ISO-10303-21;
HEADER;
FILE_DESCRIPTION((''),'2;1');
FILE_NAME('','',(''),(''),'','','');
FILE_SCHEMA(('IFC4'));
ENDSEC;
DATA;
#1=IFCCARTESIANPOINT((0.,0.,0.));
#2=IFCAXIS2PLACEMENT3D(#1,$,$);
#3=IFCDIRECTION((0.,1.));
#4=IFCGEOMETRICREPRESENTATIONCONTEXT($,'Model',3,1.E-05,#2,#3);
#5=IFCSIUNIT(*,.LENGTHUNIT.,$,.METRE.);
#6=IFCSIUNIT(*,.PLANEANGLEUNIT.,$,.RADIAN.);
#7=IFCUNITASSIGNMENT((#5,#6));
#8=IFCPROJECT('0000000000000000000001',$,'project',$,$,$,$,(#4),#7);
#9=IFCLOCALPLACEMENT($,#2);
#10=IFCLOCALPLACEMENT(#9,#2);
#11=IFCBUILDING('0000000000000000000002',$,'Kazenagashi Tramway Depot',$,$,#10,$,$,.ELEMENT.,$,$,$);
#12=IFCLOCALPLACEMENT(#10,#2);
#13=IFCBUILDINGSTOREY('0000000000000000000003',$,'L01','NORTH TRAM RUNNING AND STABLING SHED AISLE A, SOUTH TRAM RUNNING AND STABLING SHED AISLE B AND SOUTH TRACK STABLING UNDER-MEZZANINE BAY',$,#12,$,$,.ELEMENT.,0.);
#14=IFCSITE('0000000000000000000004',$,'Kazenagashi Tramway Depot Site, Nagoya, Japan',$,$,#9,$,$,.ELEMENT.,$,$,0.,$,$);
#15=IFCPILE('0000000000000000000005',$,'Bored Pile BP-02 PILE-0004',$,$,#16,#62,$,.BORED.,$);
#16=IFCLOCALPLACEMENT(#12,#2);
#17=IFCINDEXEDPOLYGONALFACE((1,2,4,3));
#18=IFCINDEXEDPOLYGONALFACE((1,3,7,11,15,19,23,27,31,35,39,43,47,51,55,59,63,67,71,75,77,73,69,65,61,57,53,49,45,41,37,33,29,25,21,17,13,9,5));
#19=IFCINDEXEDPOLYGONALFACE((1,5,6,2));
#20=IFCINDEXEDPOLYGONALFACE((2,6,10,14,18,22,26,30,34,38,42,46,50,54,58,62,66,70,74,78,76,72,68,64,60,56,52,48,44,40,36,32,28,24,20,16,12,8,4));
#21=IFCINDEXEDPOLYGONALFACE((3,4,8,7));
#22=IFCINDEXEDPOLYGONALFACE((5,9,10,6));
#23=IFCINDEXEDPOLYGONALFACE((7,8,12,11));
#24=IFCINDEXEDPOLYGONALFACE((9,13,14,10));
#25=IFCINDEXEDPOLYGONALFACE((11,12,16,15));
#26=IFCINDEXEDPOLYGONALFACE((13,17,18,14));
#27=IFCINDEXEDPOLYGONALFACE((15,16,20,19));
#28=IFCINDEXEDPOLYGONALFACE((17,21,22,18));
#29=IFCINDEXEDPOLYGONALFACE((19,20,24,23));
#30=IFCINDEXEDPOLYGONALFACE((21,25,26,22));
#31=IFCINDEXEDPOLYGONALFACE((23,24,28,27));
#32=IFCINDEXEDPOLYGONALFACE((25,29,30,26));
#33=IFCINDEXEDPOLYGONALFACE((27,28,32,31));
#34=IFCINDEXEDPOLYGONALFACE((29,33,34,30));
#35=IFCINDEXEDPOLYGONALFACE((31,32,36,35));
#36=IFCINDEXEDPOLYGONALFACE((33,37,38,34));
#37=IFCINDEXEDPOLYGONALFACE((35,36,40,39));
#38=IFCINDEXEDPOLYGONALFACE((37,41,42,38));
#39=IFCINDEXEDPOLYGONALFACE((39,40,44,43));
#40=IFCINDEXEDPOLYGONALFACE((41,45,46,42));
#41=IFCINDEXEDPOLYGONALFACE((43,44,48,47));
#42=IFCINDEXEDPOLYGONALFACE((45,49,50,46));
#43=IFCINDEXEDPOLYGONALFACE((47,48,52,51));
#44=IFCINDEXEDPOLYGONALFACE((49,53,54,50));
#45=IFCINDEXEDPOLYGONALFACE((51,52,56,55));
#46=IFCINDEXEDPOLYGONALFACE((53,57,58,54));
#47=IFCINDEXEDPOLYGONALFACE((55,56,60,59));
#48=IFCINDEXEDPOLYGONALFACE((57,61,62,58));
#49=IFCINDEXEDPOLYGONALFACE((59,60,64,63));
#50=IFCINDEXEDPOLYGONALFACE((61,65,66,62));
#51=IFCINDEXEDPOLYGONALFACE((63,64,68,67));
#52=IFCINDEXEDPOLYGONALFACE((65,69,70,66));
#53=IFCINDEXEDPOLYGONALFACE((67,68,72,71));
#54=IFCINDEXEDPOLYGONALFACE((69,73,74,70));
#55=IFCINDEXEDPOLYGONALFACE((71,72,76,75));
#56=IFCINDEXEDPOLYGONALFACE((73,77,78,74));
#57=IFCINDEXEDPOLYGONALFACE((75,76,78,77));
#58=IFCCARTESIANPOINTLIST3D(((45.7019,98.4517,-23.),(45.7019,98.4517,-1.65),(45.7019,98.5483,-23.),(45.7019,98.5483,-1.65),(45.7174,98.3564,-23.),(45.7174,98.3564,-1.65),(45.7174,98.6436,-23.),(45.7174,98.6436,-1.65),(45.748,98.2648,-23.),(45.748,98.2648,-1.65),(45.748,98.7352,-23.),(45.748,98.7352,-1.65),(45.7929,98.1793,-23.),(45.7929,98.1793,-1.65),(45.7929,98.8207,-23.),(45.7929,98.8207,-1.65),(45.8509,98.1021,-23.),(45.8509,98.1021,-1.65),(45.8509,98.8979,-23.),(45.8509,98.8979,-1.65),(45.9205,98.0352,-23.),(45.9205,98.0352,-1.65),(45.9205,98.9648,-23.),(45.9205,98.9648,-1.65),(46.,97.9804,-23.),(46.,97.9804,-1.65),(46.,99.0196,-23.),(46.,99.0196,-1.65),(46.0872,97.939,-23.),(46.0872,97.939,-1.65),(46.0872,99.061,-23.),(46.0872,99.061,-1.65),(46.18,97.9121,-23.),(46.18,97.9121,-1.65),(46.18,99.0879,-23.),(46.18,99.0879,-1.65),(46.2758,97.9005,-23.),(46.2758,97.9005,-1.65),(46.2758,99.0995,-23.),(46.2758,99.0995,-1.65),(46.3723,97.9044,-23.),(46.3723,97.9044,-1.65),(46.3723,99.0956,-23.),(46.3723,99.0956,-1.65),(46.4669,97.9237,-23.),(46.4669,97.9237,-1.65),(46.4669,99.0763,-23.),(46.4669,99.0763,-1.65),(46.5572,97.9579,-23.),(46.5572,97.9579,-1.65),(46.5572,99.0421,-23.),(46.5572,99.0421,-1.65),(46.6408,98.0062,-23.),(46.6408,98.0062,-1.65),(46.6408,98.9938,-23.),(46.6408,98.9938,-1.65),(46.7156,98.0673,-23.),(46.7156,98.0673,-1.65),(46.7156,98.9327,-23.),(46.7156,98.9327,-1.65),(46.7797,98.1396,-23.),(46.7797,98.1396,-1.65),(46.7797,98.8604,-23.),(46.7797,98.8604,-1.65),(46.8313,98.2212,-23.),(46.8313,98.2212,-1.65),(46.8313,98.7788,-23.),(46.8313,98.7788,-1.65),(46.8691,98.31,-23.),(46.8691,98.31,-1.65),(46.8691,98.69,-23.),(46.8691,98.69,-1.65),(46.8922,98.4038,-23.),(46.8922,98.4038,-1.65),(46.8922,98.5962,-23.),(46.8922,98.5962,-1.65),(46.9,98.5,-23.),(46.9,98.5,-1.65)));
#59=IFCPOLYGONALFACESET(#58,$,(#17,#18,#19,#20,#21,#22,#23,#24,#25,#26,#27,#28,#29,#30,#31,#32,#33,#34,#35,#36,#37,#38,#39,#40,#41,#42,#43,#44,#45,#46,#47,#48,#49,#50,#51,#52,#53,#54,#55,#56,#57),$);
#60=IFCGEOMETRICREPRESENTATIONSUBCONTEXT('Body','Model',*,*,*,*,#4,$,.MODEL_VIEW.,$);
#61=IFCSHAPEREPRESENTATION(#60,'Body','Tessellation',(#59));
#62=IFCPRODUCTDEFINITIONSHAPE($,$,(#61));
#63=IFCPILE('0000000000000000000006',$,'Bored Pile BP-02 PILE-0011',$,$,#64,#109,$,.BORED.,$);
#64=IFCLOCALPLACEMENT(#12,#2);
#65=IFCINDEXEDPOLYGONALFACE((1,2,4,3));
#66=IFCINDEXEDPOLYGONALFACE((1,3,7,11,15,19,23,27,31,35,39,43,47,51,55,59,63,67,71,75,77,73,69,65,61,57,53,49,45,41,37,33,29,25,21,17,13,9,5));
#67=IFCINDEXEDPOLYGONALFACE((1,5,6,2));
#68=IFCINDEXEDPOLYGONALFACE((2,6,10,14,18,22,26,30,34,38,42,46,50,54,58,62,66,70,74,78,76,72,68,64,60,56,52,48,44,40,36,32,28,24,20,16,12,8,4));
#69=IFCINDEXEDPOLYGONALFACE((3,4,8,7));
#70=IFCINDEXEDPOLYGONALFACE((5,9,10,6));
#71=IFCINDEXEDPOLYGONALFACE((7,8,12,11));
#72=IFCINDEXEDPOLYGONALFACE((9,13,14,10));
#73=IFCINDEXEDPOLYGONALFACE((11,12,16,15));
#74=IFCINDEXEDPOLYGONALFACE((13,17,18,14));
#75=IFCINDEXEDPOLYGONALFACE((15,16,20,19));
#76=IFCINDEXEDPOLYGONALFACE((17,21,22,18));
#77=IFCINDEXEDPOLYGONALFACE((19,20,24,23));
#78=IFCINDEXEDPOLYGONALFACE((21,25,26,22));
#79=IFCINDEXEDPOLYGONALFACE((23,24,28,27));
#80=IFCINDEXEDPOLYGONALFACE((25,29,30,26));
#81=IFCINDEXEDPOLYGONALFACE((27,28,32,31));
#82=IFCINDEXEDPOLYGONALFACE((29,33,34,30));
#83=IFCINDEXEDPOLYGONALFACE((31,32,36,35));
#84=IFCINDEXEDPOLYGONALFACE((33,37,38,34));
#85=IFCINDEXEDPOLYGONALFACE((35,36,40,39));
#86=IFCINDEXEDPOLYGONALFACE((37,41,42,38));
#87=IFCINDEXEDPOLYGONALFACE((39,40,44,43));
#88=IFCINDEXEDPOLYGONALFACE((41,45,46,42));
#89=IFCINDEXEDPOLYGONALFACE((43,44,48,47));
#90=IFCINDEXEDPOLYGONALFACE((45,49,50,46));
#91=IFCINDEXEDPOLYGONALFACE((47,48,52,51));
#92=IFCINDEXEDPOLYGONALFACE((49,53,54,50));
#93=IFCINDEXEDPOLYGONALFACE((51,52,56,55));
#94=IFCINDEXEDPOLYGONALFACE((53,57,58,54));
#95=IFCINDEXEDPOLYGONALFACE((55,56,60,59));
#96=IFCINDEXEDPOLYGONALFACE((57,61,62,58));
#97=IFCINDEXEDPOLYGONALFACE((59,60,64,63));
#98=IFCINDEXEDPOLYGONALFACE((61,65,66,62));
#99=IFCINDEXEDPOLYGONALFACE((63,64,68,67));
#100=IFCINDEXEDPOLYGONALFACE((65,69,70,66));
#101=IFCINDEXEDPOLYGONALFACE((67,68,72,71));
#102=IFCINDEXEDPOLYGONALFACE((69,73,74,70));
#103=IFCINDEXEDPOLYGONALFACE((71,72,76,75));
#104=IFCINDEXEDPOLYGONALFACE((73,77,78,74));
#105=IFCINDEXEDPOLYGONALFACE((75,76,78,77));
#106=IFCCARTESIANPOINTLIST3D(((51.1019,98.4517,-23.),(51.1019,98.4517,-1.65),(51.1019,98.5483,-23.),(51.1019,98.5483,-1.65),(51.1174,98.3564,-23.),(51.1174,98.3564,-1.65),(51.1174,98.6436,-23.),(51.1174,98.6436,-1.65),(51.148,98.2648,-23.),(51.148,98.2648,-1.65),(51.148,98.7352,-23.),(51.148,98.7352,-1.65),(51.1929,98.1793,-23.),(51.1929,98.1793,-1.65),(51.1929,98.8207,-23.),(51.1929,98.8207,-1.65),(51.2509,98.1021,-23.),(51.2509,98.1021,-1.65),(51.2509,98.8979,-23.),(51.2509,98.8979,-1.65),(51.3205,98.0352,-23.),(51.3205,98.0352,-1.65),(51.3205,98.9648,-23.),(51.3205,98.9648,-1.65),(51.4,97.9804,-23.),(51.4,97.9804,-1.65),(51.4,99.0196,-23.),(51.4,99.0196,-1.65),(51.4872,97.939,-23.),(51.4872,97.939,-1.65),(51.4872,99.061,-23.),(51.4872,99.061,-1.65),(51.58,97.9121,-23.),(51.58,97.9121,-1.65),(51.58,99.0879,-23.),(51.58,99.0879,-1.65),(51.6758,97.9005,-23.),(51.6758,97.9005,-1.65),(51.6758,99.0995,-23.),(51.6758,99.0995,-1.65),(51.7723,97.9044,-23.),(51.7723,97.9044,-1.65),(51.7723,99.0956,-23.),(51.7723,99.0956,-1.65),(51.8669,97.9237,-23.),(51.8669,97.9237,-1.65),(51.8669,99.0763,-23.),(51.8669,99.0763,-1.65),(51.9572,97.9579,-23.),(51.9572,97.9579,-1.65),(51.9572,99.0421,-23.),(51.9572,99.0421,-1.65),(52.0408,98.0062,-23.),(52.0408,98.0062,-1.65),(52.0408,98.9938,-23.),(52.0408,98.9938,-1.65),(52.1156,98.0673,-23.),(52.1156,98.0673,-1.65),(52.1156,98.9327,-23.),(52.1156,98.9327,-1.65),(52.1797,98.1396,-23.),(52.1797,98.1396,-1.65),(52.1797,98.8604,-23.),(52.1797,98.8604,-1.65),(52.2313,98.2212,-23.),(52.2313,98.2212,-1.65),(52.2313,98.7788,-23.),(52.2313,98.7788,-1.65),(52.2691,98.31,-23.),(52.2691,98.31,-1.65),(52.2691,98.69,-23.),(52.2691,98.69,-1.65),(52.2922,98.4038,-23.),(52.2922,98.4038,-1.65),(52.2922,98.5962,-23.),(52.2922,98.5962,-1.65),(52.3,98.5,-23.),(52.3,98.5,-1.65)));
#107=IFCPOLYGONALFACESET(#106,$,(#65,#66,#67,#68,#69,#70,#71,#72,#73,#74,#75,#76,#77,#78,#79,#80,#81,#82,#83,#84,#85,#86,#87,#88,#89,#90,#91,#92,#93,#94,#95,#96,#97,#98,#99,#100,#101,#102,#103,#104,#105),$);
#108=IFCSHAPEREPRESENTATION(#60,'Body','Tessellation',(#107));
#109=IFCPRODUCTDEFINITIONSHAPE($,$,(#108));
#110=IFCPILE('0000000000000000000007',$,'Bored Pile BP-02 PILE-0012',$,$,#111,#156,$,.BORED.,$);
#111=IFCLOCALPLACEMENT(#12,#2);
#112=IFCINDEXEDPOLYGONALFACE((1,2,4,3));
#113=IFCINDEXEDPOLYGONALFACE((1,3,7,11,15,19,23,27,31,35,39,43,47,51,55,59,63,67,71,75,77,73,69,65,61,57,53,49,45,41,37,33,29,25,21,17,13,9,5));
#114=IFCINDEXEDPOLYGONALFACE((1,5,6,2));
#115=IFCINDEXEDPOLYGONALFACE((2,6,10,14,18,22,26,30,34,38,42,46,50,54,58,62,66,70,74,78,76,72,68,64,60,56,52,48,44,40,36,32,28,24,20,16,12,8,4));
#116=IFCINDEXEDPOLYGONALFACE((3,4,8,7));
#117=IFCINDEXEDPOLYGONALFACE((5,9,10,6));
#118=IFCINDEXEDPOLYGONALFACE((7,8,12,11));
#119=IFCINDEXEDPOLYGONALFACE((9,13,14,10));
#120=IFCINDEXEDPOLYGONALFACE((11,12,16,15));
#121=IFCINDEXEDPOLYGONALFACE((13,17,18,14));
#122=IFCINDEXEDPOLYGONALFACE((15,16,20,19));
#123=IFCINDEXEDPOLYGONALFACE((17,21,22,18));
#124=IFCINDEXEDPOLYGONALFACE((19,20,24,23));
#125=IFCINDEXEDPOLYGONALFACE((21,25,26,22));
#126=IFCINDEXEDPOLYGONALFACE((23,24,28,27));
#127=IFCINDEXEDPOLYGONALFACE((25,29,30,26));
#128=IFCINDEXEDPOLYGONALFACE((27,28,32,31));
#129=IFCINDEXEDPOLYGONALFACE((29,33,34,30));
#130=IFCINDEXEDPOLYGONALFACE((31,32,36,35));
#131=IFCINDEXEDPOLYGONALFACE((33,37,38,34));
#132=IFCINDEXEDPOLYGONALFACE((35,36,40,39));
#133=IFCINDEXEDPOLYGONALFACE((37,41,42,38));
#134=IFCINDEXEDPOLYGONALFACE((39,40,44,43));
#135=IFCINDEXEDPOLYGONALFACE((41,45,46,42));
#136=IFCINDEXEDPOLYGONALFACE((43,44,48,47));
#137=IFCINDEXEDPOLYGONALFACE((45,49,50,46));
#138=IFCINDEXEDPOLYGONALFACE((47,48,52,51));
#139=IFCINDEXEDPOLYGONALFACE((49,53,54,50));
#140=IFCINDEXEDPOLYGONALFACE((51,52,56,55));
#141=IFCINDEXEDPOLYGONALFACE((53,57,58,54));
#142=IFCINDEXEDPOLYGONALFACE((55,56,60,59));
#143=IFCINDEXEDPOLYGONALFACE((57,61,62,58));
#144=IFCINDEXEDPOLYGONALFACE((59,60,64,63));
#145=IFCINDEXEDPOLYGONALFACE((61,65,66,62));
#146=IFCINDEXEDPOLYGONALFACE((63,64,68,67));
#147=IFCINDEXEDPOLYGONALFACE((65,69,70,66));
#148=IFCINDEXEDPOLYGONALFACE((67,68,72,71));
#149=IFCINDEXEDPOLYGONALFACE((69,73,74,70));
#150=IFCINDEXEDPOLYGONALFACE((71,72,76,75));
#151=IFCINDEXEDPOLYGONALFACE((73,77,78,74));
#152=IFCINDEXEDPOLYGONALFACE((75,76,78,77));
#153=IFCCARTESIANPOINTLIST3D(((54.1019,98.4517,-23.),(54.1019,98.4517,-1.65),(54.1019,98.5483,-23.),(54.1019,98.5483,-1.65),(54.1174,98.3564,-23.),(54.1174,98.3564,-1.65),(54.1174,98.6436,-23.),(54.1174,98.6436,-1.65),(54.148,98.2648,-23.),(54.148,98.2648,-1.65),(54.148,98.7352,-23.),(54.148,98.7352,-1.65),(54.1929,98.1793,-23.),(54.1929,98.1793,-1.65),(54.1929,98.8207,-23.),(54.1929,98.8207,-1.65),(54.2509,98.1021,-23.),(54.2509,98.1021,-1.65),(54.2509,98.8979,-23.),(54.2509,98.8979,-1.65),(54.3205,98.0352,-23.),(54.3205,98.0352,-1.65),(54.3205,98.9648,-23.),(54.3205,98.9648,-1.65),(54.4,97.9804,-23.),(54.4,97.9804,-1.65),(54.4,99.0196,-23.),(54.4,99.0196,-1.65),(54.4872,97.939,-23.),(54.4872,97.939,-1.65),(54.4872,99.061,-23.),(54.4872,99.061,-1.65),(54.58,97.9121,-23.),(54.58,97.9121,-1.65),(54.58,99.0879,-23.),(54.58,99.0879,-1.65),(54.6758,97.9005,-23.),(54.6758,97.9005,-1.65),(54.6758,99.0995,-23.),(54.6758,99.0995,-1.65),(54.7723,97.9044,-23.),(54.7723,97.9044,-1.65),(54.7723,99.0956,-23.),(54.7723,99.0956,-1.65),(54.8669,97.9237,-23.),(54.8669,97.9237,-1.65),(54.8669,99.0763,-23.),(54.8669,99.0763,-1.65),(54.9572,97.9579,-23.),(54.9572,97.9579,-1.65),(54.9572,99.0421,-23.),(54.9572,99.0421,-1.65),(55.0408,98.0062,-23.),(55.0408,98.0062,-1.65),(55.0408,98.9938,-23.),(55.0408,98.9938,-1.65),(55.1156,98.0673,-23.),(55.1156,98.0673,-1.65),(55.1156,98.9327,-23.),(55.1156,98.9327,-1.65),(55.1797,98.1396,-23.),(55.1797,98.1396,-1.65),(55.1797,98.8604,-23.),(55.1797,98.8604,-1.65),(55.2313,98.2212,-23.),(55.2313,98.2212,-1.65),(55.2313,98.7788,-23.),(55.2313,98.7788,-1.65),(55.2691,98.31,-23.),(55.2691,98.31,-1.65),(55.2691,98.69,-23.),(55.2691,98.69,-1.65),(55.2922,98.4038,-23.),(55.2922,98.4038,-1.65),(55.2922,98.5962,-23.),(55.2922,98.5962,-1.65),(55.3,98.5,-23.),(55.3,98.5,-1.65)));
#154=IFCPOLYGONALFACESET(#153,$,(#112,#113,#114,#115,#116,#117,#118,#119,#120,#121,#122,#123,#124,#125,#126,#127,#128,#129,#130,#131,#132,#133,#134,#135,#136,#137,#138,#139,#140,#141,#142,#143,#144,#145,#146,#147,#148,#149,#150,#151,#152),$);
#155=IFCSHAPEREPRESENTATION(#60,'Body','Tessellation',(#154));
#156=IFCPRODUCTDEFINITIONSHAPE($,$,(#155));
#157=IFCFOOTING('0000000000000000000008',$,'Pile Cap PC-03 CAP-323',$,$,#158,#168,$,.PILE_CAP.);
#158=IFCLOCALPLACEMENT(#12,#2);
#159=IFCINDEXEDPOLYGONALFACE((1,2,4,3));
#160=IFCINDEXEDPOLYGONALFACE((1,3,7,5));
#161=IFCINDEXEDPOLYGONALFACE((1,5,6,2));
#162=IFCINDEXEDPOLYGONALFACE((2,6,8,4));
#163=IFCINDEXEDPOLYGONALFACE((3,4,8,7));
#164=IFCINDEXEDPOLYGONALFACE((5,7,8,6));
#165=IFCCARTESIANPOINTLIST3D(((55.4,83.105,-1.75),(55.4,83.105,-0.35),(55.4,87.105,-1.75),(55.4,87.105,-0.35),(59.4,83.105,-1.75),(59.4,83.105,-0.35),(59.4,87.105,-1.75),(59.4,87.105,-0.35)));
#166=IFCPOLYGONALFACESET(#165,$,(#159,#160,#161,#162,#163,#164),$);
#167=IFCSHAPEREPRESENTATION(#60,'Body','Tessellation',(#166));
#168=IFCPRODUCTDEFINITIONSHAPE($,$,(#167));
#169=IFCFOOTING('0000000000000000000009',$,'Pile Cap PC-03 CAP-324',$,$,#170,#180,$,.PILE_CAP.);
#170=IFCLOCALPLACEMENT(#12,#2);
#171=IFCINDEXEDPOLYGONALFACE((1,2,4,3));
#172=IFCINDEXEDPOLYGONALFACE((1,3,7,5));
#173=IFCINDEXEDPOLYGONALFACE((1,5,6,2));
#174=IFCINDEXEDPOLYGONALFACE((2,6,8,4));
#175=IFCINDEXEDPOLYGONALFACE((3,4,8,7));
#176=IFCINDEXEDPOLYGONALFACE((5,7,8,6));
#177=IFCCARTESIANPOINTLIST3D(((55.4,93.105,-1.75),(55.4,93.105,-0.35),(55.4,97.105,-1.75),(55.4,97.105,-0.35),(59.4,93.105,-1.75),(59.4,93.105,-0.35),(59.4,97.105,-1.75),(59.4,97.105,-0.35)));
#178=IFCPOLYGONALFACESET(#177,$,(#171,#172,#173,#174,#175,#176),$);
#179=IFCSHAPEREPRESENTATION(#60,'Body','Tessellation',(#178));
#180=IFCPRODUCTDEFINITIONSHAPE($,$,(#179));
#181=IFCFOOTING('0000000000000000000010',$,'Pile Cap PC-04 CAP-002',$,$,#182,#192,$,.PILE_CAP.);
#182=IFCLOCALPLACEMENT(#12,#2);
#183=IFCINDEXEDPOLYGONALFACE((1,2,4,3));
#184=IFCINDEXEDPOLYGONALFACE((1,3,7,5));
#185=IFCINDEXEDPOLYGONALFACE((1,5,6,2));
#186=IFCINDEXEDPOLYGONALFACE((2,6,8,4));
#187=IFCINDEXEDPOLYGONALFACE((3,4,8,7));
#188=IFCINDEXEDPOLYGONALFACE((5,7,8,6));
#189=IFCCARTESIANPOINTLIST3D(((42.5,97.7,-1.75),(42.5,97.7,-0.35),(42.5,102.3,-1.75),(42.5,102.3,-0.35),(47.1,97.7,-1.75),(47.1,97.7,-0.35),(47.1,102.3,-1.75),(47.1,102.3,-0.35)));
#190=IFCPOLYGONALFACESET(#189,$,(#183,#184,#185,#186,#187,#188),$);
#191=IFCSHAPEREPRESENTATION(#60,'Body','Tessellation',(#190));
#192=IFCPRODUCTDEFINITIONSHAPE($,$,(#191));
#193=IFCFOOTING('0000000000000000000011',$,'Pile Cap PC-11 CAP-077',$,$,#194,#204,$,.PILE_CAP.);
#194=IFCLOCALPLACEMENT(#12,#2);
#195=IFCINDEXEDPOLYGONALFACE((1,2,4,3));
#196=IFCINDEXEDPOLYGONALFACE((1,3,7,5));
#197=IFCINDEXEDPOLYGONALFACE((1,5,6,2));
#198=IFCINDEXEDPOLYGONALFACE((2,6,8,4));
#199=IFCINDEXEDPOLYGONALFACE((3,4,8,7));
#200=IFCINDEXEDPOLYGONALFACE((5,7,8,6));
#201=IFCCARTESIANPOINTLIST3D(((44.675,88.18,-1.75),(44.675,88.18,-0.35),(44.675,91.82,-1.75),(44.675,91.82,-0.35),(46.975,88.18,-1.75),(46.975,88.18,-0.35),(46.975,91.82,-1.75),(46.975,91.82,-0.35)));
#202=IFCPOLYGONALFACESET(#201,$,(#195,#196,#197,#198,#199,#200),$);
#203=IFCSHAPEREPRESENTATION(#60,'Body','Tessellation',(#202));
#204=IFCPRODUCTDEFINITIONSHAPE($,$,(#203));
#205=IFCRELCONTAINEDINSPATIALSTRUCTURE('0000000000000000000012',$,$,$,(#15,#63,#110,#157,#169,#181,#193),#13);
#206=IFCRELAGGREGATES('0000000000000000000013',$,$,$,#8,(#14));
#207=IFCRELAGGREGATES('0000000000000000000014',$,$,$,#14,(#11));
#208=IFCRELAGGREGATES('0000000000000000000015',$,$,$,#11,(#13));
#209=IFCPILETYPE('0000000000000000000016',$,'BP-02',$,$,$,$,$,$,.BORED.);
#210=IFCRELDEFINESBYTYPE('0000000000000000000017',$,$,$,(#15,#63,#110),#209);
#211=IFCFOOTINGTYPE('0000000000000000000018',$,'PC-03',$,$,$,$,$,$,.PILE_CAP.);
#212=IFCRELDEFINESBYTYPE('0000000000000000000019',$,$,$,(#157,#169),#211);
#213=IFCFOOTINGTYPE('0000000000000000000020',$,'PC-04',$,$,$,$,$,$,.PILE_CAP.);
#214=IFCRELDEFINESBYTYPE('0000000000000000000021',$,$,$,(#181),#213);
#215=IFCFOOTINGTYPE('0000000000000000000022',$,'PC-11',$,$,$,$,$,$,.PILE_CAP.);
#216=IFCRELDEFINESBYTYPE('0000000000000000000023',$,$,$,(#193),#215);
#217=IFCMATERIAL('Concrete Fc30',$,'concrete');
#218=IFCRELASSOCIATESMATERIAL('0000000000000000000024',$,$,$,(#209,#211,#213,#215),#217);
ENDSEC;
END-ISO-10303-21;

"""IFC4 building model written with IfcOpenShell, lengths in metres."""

from ifc_helpers import new_model, si_unit, direction, frame, origin, origin_2d, place, context, subcontext, project, spatial, rectangle, circle, extrude, material, material_profile, profile_set, type_object, element, save


model = new_model("IFC4")

# Units and contexts
model_context = context("Model", 3, precision=1e-05, world=origin(), true_north=direction((0.0, 1.0)))
body_context = subcontext(model_context, "Body", "Model", "MODEL_VIEW")
ifc_project = project(units=[si_unit("LENGTHUNIT", "METRE"), si_unit("PLANEANGLEUNIT", "RADIAN")], contexts=[model_context])

# Site, building, storey
site_placement = place(None, origin())
site = spatial("IfcSite", under=ifc_project, at=site_placement, Name="Kazenagashi Tramway Depot Site, Nagoya, Japan", CompositionType="ELEMENT", RefElevation=0.0)
building_placement = place(site_placement, origin())
building = spatial("IfcBuilding", under=site, at=building_placement, Name="Kazenagashi Tramway Depot", CompositionType="ELEMENT")
storey_placement = place(building_placement, origin())
storey = spatial("IfcBuildingStorey", under=building, at=storey_placement, Name="L01", Description="NORTH TRAM RUNNING AND STABLING SHED AISLE A, SOUTH TRAM RUNNING AND STABLING SHED AISLE B AND SOUTH TRACK STABLING UNDER-MEZZANINE BAY", CompositionType="ELEMENT", Elevation=0.0)

# Piles
ifc_material_1 = material(Name="Concrete Fc30", Category="concrete")
ifc_material_profile_1 = material_profile(ifc_material_1, circle(Radius=0.6, at=origin_2d()), Name="PILE-1200")
ifc_profile_set_1 = profile_set([ifc_material_profile_1], Name="Concrete Fc30")
pile_type_1 = type_object("IfcPileType", Name="BP-02", PredefinedType="BORED", material=ifc_profile_set_1)
for number, where, z_axis, x_axis, name in (
    (1, (46.3, 98.5, -1.65), (0.0, 0.0, -1.0), (1.0, 0.0, 0.0), "Bored Pile BP-02 PILE-0004"),
    (2, (51.7, 98.5, -1.65), (0.0, 0.0, -1.0), (1.0, 0.0, 0.0), "Bored Pile BP-02 PILE-0011"),
    (3, (54.7, 98.5, -1.65), (0.0, 0.0, -1.0), (1.0, 0.0, 0.0), "Bored Pile BP-02 PILE-0012"),
):
    element("IfcPile", number, at=place(storey_placement, frame(where, z_axis=z_axis, x_axis=x_axis)), inside=storey, type_object=pile_type_1, Name=name, PredefinedType="BORED", context=body_context, shape_type="SweptSolid", body=[
        extrude(circle(Radius=0.6, at=origin_2d()), origin(), (0.0, 0.0, 1.0), 21.35),
    ])

# Footings
footing_type_1 = type_object("IfcFootingType", Name="PC-03", PredefinedType="PILE_CAP", material=ifc_material_1)
for number, where, z_axis, x_axis, name in (
    (4, (57.4, 85.105, -1.75), (0.0, 0.0, 1.0), (1.0, 0.0, 0.0), "Pile Cap PC-03 CAP-323"),
    (5, (57.4, 95.105, -1.75), (0.0, 0.0, 1.0), (1.0, 0.0, 0.0), "Pile Cap PC-03 CAP-324"),
):
    element("IfcFooting", number, at=place(storey_placement, frame(where, z_axis=z_axis, x_axis=x_axis)), inside=storey, type_object=footing_type_1, Name=name, PredefinedType="PILE_CAP", context=body_context, shape_type="SweptSolid", body=[
        extrude(rectangle(XDim=4.0, YDim=4.0, at=origin_2d()), origin(), (0.0, 0.0, 1.0), 1.4),
    ])
footing_type_2 = type_object("IfcFootingType", Name="PC-04", PredefinedType="PILE_CAP", material=ifc_material_1)
footing_placement = place(storey_placement, frame((44.8, 100.0, -1.75), z_axis=(0.0, 0.0, 1.0), x_axis=(1.0, 0.0, 0.0)))
element("IfcFooting", 6, at=footing_placement, inside=storey, type_object=footing_type_2, Name="Pile Cap PC-04 CAP-002", PredefinedType="PILE_CAP", context=body_context, shape_type="SweptSolid", body=[
    extrude(rectangle(XDim=4.6, YDim=4.6, at=origin_2d()), origin(), (0.0, 0.0, 1.0), 1.4),
])
footing_type_3 = type_object("IfcFootingType", Name="PC-11", PredefinedType="PILE_CAP", material=ifc_material_1)
for number, where, z_axis, x_axis, name in (
    (7, (45.825, 90.0, -1.75), (0.0, 0.0, 1.0), (1.0, 0.0, 0.0), "Pile Cap PC-11 CAP-077"),
):
    element("IfcFooting", number, at=place(storey_placement, frame(where, z_axis=z_axis, x_axis=x_axis)), inside=storey, type_object=footing_type_3, Name=name, PredefinedType="PILE_CAP", context=body_context, shape_type="SweptSolid", body=[
        extrude(rectangle(XDim=2.3, YDim=3.64, at=origin_2d()), origin(), (0.0, 0.0, 1.0), 1.4),
    ])

save(model, "model.ifc")
